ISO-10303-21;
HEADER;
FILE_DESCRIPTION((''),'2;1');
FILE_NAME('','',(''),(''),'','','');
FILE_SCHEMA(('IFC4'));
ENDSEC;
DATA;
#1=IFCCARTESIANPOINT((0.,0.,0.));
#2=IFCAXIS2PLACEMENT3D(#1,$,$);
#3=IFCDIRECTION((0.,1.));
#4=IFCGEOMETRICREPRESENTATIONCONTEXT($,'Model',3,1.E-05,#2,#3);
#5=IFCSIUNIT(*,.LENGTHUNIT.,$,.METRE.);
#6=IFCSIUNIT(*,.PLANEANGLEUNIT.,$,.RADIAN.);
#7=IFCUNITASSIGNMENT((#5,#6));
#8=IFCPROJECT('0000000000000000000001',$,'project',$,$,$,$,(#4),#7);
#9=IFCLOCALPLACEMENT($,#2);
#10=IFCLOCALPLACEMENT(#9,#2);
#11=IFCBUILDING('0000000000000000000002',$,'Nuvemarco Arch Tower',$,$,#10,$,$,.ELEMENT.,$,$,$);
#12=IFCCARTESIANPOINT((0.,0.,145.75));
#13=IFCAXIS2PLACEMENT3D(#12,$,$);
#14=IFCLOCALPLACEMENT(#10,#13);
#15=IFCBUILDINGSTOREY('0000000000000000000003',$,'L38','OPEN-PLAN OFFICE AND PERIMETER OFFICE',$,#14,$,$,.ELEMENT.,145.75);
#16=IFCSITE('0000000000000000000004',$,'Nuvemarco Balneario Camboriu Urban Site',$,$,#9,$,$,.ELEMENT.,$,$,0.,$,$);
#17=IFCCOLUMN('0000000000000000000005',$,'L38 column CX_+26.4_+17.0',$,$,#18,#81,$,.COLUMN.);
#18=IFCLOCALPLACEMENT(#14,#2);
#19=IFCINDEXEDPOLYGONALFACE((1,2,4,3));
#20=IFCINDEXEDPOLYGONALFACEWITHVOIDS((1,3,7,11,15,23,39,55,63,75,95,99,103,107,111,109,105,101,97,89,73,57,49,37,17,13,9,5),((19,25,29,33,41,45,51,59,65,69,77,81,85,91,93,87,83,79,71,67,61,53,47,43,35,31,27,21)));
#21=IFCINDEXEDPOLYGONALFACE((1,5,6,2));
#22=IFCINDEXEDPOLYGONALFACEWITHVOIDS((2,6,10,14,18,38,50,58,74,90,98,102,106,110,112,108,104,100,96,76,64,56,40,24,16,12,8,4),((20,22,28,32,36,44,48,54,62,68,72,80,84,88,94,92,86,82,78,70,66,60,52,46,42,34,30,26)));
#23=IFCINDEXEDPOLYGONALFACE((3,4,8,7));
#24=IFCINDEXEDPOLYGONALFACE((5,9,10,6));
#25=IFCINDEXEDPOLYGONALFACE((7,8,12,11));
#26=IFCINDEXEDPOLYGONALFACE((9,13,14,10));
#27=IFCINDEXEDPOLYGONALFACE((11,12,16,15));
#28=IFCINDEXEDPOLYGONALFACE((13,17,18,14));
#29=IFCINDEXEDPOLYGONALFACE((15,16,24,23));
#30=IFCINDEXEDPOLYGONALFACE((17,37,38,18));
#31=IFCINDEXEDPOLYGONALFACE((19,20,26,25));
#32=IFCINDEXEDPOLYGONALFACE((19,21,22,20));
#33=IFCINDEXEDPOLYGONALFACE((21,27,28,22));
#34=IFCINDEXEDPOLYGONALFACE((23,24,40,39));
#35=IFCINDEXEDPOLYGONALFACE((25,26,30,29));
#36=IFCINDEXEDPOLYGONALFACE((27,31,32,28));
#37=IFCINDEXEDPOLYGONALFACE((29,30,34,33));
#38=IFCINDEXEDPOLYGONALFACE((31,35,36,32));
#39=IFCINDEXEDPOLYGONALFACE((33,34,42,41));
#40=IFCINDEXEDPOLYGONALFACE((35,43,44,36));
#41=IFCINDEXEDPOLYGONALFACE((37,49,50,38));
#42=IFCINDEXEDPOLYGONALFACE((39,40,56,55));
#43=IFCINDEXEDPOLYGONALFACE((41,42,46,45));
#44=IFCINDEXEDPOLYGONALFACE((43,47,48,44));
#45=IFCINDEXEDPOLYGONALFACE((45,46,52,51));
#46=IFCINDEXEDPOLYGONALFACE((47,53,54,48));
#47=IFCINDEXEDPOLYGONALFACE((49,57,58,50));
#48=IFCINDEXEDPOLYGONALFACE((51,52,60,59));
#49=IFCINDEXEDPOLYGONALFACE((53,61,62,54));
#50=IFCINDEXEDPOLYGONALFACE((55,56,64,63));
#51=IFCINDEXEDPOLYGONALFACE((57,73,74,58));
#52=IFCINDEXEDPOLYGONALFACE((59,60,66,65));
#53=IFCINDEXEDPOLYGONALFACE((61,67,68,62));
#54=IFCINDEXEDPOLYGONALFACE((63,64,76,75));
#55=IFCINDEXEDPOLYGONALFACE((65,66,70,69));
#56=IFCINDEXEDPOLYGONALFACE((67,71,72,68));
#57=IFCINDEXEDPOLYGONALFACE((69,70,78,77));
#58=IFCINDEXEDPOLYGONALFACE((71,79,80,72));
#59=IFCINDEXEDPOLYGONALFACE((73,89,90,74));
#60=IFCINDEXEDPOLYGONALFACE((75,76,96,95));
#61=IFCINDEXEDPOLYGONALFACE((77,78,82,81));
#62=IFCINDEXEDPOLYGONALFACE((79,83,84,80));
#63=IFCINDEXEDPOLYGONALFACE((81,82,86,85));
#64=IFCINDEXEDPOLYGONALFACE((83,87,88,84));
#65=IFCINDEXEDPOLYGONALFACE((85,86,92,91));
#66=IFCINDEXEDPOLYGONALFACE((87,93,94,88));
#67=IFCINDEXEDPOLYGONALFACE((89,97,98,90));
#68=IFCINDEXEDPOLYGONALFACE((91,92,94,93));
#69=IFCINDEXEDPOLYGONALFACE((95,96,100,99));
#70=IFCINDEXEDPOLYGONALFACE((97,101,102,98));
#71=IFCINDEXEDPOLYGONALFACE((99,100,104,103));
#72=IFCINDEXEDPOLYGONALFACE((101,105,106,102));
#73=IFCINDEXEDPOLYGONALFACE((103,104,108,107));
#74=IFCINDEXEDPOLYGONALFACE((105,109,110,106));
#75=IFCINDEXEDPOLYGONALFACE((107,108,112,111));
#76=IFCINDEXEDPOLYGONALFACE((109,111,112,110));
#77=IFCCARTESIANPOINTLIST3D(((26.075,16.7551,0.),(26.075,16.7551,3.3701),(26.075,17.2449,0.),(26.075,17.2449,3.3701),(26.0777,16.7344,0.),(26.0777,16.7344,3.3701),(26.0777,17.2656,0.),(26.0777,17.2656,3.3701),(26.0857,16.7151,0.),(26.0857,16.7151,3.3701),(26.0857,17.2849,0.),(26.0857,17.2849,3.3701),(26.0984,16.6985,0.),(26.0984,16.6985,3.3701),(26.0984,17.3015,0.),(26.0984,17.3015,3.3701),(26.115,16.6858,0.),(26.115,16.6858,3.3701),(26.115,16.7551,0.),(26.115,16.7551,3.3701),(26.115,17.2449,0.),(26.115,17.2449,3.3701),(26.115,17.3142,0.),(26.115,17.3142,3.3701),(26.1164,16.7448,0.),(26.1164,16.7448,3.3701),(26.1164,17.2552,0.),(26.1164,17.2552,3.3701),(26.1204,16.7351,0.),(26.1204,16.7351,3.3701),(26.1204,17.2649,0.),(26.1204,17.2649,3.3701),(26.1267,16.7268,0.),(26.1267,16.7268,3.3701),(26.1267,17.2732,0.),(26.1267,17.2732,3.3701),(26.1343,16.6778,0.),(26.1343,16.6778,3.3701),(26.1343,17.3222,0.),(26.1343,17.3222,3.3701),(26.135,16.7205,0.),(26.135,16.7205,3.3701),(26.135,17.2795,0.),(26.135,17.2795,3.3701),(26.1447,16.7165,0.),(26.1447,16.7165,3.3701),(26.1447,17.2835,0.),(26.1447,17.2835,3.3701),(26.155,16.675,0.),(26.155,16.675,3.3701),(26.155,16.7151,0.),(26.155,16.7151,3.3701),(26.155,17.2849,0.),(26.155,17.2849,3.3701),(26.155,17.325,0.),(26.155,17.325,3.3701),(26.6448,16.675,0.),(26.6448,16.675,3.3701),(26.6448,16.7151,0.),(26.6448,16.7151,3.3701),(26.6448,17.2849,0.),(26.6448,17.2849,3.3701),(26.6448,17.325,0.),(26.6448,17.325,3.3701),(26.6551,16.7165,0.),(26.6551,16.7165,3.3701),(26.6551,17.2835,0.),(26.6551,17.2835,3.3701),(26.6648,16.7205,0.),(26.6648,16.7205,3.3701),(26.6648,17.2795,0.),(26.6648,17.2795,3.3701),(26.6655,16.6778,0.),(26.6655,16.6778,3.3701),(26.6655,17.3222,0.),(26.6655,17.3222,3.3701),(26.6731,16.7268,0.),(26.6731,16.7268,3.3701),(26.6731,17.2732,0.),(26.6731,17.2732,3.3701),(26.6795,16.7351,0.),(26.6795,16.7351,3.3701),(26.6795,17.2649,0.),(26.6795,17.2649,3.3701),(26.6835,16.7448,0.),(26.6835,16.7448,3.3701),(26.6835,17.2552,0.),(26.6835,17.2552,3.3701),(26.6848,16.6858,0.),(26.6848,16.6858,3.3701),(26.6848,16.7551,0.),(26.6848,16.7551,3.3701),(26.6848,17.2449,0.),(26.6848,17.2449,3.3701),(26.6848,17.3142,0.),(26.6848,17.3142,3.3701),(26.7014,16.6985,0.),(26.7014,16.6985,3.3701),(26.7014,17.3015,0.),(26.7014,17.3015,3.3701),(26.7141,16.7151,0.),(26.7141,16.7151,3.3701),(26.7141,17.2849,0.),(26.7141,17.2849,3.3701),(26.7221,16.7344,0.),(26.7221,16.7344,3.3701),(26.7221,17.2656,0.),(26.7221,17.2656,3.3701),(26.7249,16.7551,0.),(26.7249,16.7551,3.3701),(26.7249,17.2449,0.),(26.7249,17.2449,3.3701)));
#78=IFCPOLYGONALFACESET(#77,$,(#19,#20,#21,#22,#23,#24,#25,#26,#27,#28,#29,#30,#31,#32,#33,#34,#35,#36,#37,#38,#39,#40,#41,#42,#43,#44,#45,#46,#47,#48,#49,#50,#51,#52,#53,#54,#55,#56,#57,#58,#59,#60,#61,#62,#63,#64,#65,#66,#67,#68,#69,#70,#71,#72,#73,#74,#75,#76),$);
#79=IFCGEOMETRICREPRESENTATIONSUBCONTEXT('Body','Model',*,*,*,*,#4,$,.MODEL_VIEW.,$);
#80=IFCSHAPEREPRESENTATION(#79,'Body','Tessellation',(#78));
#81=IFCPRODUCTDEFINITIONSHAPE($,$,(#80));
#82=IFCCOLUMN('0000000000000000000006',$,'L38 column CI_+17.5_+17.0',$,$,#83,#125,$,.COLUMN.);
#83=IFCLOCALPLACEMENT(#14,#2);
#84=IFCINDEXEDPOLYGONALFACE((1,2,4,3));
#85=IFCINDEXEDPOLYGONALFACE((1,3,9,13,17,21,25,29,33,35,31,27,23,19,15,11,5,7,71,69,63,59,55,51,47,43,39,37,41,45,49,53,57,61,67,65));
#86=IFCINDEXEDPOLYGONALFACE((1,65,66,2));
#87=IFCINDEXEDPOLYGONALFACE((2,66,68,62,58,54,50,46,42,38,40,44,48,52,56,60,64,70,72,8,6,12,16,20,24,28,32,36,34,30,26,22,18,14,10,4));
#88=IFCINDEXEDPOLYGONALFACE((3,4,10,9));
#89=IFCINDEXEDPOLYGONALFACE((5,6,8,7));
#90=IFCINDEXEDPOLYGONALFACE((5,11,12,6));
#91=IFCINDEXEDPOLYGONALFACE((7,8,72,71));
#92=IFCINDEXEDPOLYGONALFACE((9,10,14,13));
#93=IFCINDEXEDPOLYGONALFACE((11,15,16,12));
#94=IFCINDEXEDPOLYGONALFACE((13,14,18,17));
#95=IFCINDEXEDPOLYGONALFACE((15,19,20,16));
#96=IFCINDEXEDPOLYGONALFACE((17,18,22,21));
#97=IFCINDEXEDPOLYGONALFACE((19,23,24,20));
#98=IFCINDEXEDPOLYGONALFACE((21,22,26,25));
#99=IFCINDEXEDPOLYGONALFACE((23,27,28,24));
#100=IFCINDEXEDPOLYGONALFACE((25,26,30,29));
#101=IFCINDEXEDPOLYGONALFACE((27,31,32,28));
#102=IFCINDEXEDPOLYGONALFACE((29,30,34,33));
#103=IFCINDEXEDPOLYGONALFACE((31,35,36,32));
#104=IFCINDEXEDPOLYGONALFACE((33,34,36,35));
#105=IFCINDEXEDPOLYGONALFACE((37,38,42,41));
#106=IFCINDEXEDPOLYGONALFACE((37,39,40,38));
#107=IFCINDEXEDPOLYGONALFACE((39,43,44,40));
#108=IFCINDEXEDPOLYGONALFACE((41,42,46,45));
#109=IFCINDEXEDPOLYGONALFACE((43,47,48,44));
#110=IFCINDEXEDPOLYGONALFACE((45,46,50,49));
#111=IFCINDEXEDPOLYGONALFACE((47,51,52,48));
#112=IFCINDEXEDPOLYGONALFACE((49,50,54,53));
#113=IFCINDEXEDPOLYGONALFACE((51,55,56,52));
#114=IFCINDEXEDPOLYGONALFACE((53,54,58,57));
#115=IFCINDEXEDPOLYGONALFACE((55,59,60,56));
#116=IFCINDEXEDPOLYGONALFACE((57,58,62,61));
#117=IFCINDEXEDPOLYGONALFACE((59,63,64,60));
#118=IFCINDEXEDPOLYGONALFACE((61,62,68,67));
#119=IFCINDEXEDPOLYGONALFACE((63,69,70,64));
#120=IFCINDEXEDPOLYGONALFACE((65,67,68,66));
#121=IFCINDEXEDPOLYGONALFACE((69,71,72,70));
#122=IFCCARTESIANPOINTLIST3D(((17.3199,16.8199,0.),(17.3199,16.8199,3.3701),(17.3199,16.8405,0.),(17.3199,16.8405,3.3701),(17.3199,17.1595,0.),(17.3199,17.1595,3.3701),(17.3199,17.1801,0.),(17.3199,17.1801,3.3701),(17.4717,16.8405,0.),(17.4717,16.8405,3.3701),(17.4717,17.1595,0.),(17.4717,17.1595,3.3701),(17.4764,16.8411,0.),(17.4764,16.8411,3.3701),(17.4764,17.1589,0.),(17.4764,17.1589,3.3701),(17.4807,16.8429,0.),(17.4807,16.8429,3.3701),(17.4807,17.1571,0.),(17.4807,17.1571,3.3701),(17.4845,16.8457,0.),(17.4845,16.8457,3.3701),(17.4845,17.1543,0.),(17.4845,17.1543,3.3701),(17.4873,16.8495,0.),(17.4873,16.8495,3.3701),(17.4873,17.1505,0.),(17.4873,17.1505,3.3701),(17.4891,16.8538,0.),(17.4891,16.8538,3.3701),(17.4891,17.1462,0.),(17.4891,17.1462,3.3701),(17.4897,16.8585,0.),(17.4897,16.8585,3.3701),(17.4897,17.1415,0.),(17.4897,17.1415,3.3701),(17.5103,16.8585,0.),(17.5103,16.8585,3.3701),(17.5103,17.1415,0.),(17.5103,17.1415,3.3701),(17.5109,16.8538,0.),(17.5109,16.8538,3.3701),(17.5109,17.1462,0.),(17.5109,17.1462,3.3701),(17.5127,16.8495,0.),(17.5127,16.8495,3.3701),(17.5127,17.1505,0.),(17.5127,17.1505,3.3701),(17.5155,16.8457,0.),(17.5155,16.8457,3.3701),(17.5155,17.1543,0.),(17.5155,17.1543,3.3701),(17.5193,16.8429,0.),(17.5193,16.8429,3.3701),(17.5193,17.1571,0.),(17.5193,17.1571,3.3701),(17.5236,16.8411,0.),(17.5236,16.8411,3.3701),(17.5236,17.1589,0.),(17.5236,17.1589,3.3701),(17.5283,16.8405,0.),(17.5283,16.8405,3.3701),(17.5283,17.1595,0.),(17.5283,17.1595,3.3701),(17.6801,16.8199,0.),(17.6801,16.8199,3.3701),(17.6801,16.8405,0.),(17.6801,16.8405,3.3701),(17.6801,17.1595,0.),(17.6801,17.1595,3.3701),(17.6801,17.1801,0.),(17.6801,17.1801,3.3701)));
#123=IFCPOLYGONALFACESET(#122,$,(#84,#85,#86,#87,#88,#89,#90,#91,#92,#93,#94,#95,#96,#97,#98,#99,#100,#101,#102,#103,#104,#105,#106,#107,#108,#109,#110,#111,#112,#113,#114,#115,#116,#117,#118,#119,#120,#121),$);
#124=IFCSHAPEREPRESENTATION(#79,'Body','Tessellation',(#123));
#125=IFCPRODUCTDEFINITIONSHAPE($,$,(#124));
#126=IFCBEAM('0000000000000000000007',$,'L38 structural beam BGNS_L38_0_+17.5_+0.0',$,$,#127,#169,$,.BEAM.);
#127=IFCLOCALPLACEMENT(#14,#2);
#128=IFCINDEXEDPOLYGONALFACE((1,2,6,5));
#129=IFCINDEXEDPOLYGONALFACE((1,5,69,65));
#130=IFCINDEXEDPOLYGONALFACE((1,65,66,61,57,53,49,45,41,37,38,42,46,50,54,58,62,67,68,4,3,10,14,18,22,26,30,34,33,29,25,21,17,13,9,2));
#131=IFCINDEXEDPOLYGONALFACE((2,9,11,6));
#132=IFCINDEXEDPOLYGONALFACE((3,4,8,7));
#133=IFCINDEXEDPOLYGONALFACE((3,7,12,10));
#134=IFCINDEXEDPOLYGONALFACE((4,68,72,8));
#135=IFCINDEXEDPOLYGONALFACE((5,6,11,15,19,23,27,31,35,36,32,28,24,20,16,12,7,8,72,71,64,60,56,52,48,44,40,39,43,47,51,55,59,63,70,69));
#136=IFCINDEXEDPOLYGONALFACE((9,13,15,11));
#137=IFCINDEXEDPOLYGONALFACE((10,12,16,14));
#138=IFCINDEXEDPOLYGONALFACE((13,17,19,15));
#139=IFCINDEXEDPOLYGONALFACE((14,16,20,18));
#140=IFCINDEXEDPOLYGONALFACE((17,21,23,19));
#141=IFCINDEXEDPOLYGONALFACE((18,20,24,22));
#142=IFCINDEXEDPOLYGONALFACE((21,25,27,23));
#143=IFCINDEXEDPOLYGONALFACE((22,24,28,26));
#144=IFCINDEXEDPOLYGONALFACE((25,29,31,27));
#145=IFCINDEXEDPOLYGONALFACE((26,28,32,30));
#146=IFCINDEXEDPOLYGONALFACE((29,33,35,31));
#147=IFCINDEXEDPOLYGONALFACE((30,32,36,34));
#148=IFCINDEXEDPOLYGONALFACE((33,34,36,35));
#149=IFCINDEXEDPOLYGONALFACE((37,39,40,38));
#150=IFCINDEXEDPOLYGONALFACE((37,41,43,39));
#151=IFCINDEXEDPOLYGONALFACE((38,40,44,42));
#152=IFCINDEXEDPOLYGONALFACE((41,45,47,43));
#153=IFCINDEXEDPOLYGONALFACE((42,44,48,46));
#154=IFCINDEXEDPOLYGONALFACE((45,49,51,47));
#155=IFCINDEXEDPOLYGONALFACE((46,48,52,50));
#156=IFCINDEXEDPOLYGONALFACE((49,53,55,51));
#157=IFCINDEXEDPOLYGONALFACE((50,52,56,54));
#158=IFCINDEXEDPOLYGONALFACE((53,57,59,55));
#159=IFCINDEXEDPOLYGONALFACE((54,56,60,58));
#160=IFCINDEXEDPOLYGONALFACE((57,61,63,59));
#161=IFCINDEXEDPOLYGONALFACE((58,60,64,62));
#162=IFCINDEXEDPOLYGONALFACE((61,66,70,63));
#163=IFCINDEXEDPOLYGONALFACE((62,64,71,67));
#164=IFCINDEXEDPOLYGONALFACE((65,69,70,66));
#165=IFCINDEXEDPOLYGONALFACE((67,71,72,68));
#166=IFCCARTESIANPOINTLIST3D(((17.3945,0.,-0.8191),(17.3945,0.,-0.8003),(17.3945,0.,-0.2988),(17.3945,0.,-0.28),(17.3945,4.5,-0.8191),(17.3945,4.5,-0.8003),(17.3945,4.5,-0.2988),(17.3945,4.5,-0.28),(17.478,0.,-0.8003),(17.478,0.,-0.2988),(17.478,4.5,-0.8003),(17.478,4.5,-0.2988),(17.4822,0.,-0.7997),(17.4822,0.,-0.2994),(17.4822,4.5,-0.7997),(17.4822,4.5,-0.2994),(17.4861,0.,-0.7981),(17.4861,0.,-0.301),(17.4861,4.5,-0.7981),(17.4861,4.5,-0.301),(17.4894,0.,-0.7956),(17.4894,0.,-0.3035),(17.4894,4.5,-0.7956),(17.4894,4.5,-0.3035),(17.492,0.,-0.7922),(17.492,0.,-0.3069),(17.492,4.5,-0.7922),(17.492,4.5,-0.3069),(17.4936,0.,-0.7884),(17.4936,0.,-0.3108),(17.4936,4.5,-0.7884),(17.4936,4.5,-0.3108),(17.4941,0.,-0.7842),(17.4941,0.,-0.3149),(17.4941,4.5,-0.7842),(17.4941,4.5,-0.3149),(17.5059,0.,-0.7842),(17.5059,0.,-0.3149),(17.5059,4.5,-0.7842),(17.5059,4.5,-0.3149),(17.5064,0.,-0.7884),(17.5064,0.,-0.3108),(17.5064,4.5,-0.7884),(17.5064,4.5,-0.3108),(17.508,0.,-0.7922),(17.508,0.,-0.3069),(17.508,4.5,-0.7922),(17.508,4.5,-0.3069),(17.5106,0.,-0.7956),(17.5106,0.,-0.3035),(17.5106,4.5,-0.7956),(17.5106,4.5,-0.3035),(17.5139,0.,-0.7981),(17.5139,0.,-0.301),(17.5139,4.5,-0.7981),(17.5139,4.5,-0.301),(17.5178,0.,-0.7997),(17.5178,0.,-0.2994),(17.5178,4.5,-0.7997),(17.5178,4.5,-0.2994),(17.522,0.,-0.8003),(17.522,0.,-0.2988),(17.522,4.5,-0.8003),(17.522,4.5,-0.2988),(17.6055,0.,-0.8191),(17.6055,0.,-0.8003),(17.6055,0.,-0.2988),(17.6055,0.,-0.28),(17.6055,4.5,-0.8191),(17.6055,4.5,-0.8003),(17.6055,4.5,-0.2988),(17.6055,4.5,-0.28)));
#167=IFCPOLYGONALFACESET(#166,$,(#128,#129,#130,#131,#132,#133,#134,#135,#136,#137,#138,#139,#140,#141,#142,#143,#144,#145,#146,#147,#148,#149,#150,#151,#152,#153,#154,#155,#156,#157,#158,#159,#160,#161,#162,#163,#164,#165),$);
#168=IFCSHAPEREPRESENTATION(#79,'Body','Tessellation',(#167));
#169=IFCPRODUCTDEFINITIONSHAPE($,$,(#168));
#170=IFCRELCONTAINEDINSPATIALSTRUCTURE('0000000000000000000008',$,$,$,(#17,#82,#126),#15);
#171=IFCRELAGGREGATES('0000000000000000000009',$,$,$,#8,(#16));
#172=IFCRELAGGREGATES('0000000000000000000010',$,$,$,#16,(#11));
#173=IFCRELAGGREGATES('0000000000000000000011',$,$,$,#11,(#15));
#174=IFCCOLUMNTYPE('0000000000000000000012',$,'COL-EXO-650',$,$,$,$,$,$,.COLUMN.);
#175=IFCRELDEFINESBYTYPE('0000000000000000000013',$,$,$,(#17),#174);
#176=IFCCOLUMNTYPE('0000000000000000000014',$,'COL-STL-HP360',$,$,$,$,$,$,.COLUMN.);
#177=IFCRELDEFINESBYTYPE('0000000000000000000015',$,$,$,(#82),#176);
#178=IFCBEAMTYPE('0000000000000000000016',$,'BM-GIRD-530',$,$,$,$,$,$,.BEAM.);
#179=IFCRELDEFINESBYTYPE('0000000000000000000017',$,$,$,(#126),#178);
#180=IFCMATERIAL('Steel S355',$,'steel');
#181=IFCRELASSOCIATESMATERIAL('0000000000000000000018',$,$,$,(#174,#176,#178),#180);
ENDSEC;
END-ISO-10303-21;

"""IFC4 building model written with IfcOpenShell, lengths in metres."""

from ifc_helpers import new_model, si_unit, direction, frame, origin, origin_2d, place, context, subcontext, project, spatial, hollow_rectangle, i_section, extrude, material, material_profile, profile_set, type_object, element, save


model = new_model("IFC4")

# Units and contexts
model_context = context("Model", 3, precision=1e-05, world=origin(), true_north=direction((0.0, 1.0)))
body_context = subcontext(model_context, "Body", "Model", "MODEL_VIEW")
ifc_project = project(units=[si_unit("LENGTHUNIT", "METRE"), si_unit("PLANEANGLEUNIT", "RADIAN")], contexts=[model_context])

# Site, building, storey
site_placement = place(None, origin())
site = spatial("IfcSite", under=ifc_project, at=site_placement, Name="Nuvemarco Balneario Camboriu Urban Site", CompositionType="ELEMENT", RefElevation=0.0)
building_placement = place(site_placement, origin())
building = spatial("IfcBuilding", under=site, at=building_placement, Name="Nuvemarco Arch Tower", CompositionType="ELEMENT")
storey_placement = place(building_placement, frame((0.0, 0.0, 145.75)))
storey = spatial("IfcBuildingStorey", under=building, at=storey_placement, Name="L38", Description="OPEN-PLAN OFFICE AND PERIMETER OFFICE", CompositionType="ELEMENT", Elevation=145.75)

# Columns
ifc_material_1 = material(Name="Steel S355", Category="steel")
ifc_material_profile_1 = material_profile(ifc_material_1, hollow_rectangle(XDim=0.6499, YDim=0.6499, WallThickness=0.04, InnerFilletRadius=0.04, OuterFilletRadius=0.0801, at=origin_2d()), Name="SHS650x650x40")
ifc_profile_set_1 = profile_set([ifc_material_profile_1], Name="Steel S355")
column_type_1 = type_object("IfcColumnType", Name="COL-EXO-650", PredefinedType="COLUMN", material=ifc_profile_set_1)
for number, where, z_axis, x_axis, name in (
    (1, (26.3999, 17.0, 0.0), (0.0, 0.0, 1.0), (1.0, 0.0, 0.0), "L38 column CX_+26.4_+17.0"),
):
    element("IfcColumn", number, at=place(storey_placement, frame(where, z_axis=z_axis, x_axis=x_axis)), inside=storey, type_object=column_type_1, Name=name, PredefinedType="COLUMN", context=body_context, shape_type="SweptSolid", body=[
        extrude(hollow_rectangle(XDim=0.6499, YDim=0.6499, WallThickness=0.04, InnerFilletRadius=0.04, OuterFilletRadius=0.0801, at=origin_2d()), origin(), (0.0, 0.0, 1.0), 3.3701),
    ])
ifc_material_profile_2 = material_profile(ifc_material_1, i_section(OverallWidth=0.3601, OverallDepth=0.3601, WebThickness=0.0205, FlangeThickness=0.0205, FilletRadius=0.0181, at=origin_2d()), Name="HP360x174")
ifc_profile_set_2 = profile_set([ifc_material_profile_2], Name="Steel S355")
column_type_2 = type_object("IfcColumnType", Name="COL-STL-HP360", PredefinedType="COLUMN", material=ifc_profile_set_2)
column_placement = place(storey_placement, frame((17.5, 17.0, 0.0), z_axis=(0.0, 0.0, 1.0), x_axis=(1.0, 0.0, 0.0)))
element("IfcColumn", 2, at=column_placement, inside=storey, type_object=column_type_2, Name="L38 column CI_+17.5_+17.0", PredefinedType="COLUMN", context=body_context, shape_type="SweptSolid", body=[
    extrude(i_section(OverallWidth=0.3601, OverallDepth=0.3601, WebThickness=0.0205, FlangeThickness=0.0205, FilletRadius=0.0181, at=origin_2d()), origin(), (0.0, 0.0, 1.0), 3.3701),
])

# Beam
ifc_material_profile_3 = material_profile(ifc_material_1, i_section(OverallWidth=0.2109, OverallDepth=0.5391, WebThickness=0.0117, FlangeThickness=0.0188, FilletRadius=0.0161, at=origin_2d()), Name="W530x109")
ifc_profile_set_3 = profile_set([ifc_material_profile_3], Name="Steel S355")
beam_type_1 = type_object("IfcBeamType", Name="BM-GIRD-530", PredefinedType="BEAM", material=ifc_profile_set_3)
beam_1_placement = place(storey_placement, frame((17.5, 0.0, -0.5496), z_axis=(0.0, 1.0, 0.0), x_axis=(-1.0, 0.0, 0.0)))
element("IfcBeam", 3, at=beam_1_placement, inside=storey, type_object=beam_type_1, Name="L38 structural beam BGNS_L38_0_+17.5_+0.0", PredefinedType="BEAM", context=body_context, shape_type="SweptSolid", body=[
    extrude(i_section(OverallWidth=0.2109, OverallDepth=0.5391, WebThickness=0.0117, FlangeThickness=0.0188, FilletRadius=0.0161, at=origin_2d()), origin(), (0.0, 0.0, 1.0), 4.5),
])

save(model, "model.ifc")
